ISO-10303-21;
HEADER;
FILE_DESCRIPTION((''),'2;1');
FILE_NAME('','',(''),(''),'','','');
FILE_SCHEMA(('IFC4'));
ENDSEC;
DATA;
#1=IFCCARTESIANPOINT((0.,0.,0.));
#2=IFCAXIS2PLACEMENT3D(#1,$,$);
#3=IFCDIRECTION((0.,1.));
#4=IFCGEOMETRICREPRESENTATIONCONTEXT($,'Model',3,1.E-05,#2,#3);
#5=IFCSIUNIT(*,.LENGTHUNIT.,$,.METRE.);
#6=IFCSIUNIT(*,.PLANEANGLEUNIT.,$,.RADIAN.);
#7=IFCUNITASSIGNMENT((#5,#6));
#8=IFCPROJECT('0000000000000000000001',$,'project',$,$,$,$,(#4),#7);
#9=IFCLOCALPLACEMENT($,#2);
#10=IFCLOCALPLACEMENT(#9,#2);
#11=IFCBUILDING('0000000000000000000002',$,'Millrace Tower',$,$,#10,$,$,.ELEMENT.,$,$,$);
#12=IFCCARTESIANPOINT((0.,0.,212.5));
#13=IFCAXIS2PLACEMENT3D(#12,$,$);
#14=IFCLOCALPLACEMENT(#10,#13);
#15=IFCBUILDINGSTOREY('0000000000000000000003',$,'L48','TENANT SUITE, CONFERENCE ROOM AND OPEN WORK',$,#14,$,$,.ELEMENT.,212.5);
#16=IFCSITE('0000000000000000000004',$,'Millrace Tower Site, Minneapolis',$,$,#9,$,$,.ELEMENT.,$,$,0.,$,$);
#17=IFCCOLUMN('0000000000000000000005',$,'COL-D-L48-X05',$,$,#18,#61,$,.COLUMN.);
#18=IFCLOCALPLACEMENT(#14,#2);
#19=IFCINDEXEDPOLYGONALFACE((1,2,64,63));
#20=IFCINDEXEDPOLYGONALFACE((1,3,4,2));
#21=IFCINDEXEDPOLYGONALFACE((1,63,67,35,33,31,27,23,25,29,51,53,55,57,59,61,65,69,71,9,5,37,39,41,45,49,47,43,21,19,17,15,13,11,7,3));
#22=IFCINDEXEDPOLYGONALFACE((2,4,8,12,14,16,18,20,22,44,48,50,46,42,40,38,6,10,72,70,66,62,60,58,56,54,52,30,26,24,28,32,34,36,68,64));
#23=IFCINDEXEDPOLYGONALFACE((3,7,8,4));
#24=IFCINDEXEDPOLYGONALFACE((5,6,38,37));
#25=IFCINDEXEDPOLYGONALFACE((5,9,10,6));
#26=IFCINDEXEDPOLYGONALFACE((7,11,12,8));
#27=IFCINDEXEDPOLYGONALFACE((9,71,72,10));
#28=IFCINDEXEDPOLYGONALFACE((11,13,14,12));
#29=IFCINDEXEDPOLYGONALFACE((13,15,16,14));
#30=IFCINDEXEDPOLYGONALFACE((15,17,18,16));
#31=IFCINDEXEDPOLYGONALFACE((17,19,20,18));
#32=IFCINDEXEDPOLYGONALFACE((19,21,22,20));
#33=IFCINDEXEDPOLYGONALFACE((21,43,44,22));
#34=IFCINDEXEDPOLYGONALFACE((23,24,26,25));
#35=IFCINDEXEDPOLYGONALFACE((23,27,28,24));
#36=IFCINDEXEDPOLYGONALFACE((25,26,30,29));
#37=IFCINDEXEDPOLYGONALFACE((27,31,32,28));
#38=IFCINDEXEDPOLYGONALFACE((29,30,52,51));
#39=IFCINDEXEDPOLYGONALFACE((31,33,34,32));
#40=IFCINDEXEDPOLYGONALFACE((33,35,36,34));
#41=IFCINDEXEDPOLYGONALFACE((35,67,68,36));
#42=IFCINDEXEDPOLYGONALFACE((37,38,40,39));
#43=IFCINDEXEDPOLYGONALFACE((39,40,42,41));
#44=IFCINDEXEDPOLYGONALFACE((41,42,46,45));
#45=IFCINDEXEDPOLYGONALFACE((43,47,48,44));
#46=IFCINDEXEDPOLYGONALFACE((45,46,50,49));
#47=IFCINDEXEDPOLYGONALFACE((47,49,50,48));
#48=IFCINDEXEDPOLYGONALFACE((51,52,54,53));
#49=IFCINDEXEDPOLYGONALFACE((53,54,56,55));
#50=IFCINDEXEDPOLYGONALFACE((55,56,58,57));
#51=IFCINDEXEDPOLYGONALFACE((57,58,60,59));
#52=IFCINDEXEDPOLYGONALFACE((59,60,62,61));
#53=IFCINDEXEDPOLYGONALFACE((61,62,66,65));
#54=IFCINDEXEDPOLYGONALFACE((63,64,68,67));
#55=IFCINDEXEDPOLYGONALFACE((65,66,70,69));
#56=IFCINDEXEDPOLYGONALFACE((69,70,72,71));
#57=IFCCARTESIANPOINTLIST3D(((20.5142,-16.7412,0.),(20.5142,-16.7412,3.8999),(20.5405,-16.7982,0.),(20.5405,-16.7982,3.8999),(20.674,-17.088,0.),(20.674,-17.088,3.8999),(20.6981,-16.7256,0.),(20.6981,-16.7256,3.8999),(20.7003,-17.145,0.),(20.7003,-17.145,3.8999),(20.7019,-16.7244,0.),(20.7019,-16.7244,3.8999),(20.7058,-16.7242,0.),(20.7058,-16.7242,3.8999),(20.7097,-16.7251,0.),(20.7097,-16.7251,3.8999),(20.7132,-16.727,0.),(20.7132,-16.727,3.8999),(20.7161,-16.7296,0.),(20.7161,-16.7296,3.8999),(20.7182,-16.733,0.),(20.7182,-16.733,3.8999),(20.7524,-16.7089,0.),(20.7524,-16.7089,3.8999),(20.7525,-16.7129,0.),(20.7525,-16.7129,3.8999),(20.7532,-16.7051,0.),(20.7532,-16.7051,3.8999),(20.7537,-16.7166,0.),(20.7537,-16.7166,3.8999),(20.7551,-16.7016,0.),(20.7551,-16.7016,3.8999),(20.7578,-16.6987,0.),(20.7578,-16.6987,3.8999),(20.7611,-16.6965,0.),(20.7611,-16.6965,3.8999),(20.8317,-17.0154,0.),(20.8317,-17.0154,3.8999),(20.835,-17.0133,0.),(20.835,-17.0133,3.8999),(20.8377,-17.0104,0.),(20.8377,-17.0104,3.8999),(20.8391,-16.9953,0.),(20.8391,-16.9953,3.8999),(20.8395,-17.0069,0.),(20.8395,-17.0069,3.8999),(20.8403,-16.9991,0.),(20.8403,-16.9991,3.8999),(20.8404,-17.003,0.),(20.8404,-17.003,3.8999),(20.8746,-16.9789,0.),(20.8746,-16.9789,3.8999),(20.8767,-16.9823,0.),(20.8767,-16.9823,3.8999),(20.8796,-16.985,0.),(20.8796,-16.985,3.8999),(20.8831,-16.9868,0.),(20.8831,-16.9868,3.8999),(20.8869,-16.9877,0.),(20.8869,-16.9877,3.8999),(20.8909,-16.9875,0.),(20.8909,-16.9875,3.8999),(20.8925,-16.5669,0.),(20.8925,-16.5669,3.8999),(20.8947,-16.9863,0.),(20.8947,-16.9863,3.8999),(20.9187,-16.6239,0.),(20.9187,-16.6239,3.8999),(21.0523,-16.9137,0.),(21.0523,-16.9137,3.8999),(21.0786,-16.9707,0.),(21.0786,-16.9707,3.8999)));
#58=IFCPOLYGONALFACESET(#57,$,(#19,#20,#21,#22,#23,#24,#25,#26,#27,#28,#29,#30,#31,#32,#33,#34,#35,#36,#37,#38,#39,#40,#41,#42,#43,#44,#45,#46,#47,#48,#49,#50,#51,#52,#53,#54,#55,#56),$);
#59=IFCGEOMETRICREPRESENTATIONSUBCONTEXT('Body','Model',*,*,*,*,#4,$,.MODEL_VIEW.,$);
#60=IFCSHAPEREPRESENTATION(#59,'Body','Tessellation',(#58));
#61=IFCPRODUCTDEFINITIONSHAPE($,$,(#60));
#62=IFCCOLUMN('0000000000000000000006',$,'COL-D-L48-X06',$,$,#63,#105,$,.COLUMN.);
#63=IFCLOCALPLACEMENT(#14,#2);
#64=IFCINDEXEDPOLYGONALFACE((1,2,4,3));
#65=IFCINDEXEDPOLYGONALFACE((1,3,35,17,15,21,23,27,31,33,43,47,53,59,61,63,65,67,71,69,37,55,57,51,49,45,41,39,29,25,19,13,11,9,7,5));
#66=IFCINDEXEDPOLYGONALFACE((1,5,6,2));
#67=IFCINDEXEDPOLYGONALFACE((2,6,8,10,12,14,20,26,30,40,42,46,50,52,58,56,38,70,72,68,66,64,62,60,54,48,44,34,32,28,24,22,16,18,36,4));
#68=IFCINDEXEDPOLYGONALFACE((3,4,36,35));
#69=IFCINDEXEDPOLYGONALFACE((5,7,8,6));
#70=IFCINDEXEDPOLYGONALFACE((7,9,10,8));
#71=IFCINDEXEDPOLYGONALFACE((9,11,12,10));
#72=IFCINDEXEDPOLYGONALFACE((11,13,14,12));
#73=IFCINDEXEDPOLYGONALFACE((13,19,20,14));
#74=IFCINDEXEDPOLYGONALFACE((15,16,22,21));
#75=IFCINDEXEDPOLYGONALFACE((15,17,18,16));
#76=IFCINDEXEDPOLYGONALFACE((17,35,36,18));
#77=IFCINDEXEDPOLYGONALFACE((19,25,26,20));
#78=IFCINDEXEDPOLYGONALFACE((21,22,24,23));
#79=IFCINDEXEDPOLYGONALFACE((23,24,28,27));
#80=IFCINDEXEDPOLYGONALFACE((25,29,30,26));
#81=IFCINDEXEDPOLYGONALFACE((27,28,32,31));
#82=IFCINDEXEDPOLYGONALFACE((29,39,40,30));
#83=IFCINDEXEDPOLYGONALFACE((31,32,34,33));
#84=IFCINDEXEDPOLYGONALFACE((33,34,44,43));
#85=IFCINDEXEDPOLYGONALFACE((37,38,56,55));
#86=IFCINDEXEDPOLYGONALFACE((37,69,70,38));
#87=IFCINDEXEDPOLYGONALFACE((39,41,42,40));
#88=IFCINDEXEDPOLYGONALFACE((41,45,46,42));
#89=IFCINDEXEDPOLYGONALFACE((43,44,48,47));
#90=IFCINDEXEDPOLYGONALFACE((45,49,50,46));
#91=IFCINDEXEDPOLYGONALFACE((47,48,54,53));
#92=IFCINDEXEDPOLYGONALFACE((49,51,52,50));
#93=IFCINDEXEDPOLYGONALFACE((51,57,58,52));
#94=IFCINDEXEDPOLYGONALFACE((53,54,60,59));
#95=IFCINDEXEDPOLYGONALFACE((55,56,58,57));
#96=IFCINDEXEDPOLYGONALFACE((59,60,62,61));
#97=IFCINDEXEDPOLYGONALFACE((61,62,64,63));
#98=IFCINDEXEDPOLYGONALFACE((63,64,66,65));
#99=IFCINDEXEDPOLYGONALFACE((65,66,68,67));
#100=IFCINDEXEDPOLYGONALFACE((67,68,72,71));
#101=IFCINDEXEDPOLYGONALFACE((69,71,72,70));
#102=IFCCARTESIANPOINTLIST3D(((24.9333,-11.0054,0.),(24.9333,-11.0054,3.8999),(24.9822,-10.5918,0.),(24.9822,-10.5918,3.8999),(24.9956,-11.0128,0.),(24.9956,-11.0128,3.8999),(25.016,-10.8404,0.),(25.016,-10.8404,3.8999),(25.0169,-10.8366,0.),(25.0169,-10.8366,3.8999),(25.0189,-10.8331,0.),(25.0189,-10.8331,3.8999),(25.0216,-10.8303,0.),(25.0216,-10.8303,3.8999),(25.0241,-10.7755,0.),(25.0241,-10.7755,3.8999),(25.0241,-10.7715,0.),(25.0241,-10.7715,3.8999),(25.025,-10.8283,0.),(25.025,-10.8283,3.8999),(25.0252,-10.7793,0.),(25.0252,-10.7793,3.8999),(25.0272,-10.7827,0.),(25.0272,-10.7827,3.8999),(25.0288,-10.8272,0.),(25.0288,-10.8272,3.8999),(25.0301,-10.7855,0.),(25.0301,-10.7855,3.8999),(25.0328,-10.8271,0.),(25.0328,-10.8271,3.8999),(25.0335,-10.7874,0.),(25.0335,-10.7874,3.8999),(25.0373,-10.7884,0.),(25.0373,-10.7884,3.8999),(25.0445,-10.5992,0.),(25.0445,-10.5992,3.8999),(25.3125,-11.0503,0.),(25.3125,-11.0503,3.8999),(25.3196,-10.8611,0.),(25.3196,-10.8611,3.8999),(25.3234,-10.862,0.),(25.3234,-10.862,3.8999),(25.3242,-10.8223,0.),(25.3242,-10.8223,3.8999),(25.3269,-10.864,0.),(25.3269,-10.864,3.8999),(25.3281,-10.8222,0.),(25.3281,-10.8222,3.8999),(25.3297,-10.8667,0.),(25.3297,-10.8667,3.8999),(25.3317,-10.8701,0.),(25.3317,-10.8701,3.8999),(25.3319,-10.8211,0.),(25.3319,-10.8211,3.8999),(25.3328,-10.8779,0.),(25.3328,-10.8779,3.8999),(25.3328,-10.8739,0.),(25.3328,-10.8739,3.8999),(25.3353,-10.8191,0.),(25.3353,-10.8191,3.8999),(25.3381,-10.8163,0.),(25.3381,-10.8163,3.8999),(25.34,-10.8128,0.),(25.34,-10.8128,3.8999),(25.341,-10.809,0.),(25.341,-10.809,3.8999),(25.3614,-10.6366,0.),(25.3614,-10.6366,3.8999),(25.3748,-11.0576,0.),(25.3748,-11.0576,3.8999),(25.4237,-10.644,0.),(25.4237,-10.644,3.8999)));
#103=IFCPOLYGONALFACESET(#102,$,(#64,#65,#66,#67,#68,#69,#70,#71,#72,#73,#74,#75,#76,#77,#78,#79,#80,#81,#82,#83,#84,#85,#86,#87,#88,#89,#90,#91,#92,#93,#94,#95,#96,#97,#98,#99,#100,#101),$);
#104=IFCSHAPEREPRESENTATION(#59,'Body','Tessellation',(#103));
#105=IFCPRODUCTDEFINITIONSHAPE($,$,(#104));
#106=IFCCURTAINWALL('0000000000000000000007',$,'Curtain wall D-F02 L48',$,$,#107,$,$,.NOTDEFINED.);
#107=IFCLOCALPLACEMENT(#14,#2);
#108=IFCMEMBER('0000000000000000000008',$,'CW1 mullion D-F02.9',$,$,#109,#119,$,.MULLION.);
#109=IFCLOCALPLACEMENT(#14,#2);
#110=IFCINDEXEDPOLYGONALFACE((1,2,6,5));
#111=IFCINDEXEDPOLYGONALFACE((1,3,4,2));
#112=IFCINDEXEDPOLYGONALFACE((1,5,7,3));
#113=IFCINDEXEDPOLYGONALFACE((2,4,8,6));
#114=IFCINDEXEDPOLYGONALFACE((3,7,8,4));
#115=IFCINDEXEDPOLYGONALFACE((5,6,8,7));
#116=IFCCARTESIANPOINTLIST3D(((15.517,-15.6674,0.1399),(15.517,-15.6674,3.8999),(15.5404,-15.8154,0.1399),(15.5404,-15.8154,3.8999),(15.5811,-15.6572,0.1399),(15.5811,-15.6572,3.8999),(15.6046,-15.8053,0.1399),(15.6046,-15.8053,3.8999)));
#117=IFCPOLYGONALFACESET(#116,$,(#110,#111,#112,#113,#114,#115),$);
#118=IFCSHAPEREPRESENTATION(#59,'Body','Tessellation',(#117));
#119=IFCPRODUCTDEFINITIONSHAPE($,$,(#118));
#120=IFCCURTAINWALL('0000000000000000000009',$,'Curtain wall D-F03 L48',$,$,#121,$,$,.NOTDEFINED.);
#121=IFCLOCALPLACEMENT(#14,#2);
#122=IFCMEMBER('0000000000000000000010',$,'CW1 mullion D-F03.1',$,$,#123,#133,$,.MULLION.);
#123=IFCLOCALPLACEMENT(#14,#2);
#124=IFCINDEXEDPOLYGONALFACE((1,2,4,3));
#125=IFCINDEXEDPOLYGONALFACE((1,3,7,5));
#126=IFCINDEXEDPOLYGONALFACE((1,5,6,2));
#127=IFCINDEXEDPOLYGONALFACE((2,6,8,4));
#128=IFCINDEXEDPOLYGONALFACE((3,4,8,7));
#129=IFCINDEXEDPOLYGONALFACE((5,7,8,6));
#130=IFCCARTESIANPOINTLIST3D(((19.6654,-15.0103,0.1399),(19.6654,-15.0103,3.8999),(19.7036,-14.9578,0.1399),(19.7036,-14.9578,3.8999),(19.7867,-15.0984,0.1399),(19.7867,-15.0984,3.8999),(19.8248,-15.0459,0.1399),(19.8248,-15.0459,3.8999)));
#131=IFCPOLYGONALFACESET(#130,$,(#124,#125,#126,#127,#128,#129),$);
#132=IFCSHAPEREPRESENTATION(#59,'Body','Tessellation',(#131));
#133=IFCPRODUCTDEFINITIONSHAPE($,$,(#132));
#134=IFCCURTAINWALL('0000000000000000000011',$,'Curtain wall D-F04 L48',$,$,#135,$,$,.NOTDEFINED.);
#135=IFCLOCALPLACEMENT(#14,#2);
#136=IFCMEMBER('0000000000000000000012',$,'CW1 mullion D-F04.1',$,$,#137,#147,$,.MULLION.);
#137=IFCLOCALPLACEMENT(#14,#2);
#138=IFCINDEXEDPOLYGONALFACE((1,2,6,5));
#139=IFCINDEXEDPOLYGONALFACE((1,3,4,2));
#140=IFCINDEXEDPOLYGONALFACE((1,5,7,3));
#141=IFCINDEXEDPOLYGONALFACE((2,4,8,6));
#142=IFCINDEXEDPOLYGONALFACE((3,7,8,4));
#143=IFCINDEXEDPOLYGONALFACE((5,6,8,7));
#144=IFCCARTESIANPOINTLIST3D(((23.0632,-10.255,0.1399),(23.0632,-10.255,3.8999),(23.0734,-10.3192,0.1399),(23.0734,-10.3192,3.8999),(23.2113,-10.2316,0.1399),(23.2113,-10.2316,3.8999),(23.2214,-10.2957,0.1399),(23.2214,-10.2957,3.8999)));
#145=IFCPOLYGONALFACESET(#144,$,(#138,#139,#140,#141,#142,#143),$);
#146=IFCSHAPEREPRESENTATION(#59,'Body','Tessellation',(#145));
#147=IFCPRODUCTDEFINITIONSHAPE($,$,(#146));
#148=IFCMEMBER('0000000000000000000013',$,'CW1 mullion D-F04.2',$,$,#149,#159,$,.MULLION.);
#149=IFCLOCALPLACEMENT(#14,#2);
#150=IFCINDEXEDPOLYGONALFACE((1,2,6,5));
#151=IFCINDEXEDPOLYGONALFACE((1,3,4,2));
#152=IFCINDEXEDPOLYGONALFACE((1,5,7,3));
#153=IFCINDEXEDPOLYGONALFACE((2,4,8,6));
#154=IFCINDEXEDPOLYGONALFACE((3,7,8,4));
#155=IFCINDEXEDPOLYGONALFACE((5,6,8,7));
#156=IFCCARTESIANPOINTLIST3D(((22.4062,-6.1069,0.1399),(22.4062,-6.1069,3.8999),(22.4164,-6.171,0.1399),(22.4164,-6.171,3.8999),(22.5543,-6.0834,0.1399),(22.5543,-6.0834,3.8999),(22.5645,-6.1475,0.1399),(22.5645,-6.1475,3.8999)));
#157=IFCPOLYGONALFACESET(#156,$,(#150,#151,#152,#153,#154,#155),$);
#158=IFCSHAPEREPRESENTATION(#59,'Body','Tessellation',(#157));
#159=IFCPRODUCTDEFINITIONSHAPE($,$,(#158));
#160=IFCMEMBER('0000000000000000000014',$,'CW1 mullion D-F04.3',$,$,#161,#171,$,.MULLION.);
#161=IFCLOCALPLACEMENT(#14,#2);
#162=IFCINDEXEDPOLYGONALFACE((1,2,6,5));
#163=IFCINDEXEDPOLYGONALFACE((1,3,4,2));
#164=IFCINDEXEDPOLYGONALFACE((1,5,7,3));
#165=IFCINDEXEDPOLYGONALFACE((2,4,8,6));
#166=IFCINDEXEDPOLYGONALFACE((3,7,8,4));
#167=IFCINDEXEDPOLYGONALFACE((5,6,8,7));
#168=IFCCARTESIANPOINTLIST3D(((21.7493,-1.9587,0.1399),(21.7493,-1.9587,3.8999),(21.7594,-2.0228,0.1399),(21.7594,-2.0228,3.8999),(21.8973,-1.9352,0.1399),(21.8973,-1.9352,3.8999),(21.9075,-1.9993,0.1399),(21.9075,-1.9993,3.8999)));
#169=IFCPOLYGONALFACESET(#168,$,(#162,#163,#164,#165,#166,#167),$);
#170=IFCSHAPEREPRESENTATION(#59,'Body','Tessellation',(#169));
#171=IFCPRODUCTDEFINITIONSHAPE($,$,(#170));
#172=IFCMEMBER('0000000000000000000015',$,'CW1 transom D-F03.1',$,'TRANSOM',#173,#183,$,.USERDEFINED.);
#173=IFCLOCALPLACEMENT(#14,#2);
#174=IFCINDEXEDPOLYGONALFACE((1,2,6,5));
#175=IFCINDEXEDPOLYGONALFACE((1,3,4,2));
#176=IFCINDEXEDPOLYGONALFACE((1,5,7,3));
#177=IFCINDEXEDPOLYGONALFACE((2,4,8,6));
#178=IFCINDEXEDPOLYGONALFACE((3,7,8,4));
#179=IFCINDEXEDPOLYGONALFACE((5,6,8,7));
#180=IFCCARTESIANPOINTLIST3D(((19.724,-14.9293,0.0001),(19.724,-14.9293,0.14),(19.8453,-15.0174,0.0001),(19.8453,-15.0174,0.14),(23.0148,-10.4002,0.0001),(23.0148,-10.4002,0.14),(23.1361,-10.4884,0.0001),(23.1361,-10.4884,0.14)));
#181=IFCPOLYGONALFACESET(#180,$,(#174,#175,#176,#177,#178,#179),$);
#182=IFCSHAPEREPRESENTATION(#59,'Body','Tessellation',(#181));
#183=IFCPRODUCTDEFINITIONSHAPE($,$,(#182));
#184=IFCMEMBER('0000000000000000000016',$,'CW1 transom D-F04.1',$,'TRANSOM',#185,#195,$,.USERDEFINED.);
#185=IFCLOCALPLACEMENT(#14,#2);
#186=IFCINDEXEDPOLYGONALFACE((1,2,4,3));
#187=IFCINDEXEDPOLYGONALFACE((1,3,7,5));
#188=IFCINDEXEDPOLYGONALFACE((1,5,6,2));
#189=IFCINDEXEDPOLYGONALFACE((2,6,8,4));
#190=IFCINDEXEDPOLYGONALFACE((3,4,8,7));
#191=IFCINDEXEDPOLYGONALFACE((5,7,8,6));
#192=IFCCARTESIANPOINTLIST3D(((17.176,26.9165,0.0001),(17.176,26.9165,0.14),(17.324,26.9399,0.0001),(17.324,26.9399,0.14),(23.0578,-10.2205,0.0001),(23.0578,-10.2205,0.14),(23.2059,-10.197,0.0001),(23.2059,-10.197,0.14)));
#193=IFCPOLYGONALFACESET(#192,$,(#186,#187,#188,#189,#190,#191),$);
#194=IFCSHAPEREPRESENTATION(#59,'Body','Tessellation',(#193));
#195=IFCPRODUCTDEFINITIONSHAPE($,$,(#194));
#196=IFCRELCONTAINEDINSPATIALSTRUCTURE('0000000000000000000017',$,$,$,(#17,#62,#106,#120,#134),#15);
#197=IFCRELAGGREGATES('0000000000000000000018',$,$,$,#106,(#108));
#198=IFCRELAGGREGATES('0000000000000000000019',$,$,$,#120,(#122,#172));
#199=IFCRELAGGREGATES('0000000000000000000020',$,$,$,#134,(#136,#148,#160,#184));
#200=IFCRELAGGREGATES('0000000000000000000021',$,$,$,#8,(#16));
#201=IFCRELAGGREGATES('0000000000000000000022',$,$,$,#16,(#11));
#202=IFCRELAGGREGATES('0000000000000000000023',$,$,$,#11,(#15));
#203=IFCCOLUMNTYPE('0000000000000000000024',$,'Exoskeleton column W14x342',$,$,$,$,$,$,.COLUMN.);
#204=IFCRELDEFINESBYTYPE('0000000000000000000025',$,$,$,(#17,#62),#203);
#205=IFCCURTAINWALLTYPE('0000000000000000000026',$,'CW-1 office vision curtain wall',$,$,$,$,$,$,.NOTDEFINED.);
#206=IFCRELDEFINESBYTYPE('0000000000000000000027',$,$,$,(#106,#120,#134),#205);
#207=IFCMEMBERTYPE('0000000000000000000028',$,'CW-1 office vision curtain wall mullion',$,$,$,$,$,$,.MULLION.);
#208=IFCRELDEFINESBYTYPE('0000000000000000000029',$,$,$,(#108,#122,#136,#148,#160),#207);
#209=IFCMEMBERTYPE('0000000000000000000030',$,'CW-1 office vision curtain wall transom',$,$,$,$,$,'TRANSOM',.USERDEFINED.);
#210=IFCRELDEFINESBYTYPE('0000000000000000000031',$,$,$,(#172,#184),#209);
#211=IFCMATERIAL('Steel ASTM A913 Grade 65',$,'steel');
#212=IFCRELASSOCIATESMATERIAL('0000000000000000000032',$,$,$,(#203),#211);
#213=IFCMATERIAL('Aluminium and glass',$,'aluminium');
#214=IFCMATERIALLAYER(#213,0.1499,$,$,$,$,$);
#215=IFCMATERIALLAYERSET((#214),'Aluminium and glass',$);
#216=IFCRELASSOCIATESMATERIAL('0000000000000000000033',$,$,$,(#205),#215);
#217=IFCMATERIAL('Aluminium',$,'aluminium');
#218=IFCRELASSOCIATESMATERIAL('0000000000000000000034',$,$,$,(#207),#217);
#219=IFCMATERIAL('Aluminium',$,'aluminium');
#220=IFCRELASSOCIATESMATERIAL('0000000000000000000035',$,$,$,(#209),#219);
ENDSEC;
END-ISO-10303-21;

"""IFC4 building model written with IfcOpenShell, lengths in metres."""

from ifc_helpers import new_model, si_unit, direction, frame, origin, origin_2d, place, context, subcontext, project, spatial, rectangle, i_section, extrude, material, layer, layer_set, material_profile, profile_set, type_object, element, aggregate, save


model = new_model("IFC4")

# Units and contexts
model_context = context("Model", 3, precision=1e-05, world=origin(), true_north=direction((0.0, 1.0)))
body_context = subcontext(model_context, "Body", "Model", "MODEL_VIEW")
ifc_project = project(units=[si_unit("LENGTHUNIT", "METRE"), si_unit("PLANEANGLEUNIT", "RADIAN")], contexts=[model_context])

# Site, building, storey
site_placement = place(None, origin())
site = spatial("IfcSite", under=ifc_project, at=site_placement, Name="Millrace Tower Site, Minneapolis", CompositionType="ELEMENT", RefElevation=0.0)
building_placement = place(site_placement, origin())
building = spatial("IfcBuilding", under=site, at=building_placement, Name="Millrace Tower", CompositionType="ELEMENT")
storey_placement = place(building_placement, frame((0.0, 0.0, 212.5)))
storey = spatial("IfcBuildingStorey", under=building, at=storey_placement, Name="L48", Description="TENANT SUITE, CONFERENCE ROOM AND OPEN WORK", CompositionType="ELEMENT", Elevation=212.5)

# Columns
ifc_material_1 = material(Name="Steel ASTM A913 Grade 65", Category="steel")
ifc_material_profile_1 = material_profile(ifc_material_1, i_section(OverallWidth=0.4165, OverallDepth=0.4446, WebThickness=0.0391, FlangeThickness=0.0627, FilletRadius=0.0151, at=origin_2d()))
ifc_profile_set_1 = profile_set([ifc_material_profile_1], Name="Steel ASTM A913 Grade 65")
column_type = type_object("IfcColumnType", Name="Exoskeleton column W14x342", PredefinedType="COLUMN", material=ifc_profile_set_1)
for number, where, z_axis, x_axis, name in (
    (1, (20.7964, -16.856, 0.0), (0.0, 0.0, 1.0), (0.908192, 0.418553, 0.0), "COL-D-L48-X05"),
    (2, (25.1785, -10.8247, 0.0), (0.0, 0.0, 1.0), (0.117421, 0.993082, 0.0), "COL-D-L48-X06"),
):
    element("IfcColumn", number, at=place(storey_placement, frame(where, z_axis=z_axis, x_axis=x_axis)), inside=storey, type_object=column_type, Name=name, PredefinedType="COLUMN", context=body_context, shape_type="SweptSolid", body=[
        extrude(i_section(OverallWidth=0.4165, OverallDepth=0.4446, WebThickness=0.0391, FlangeThickness=0.0627, FilletRadius=0.0151, at=origin_2d()), origin(), (0.0, 0.0, 1.0), 3.8999),
    ])

# Curtain walls, members
ifc_material_2 = material(Name="Aluminium and glass", Category="aluminium")
ifc_layer_1 = layer(ifc_material_2, 0.1499)
ifc_layer_set_1 = layer_set([ifc_layer_1], Name="Aluminium and glass")
curtain_wall_type = type_object("IfcCurtainWallType", Name="CW-1 office vision curtain wall", PredefinedType="NOTDEFINED", material=ifc_layer_set_1)
placement = place(storey_placement, origin())
curtain_wall_1 = element("IfcCurtainWall", 3, at=placement, inside=storey, type_object=curtain_wall_type, Name="Curtain wall D-F02 L48", PredefinedType="NOTDEFINED")
ifc_material_3 = material(Name="Aluminium", Category="aluminium")
ifc_material_profile_2 = material_profile(ifc_material_3, rectangle(XDim=0.0649, YDim=0.1499, at=origin_2d()))
ifc_profile_set_2 = profile_set([ifc_material_profile_2], Name="Aluminium")
member_type_1 = type_object("IfcMemberType", Name="CW-1 office vision curtain wall mullion", PredefinedType="MULLION", material=ifc_profile_set_2)
member_1_placement = place(storey_placement, frame((15.5608, -15.7363, 0.1399), z_axis=(0.0, 0.0, 1.0), x_axis=(0.987688, 0.156434, 0.0)))
member_1 = element("IfcMember", 4, at=member_1_placement, type_object=member_type_1, Name="CW1 mullion D-F02.9", PredefinedType="MULLION", context=body_context, shape_type="SweptSolid", body=[
    extrude(rectangle(XDim=0.0649, YDim=0.1499, at=origin_2d()), origin(), (0.0, 0.0, 1.0), 3.76),
])
aggregate(curtain_wall_1, [member_1])
curtain_wall_2 = element("IfcCurtainWall", 5, at=placement, inside=storey, type_object=curtain_wall_type, Name="Curtain wall D-F03 L48", PredefinedType="NOTDEFINED")
member_2_placement = place(storey_placement, frame((19.7451, -15.0281, 0.1399), z_axis=(0.0, 0.0, 1.0), x_axis=(0.587785, 0.809017, 0.0)))
member_2 = element("IfcMember", 6, at=member_2_placement, type_object=member_type_1, Name="CW1 mullion D-F03.1", PredefinedType="MULLION", context=body_context, shape_type="SweptSolid", body=[
    extrude(rectangle(XDim=0.0649, YDim=0.1499, at=origin_2d()), origin(), (0.0, 0.0, 1.0), 3.76),
])

# Curtain wall, members
curtain_wall_3 = element("IfcCurtainWall", 7, at=placement, inside=storey, type_object=curtain_wall_type, Name="Curtain wall D-F04 L48", PredefinedType="NOTDEFINED")
member_3_placement = place(storey_placement, frame((23.1423, -10.2754, 0.1399), z_axis=(0.0, 0.0, 1.0), x_axis=(-0.156434, 0.987688, 0.0)))
member_3 = element("IfcMember", 8, at=member_3_placement, type_object=member_type_1, Name="CW1 mullion D-F04.1", PredefinedType="MULLION", context=body_context, shape_type="SweptSolid", body=[
    extrude(rectangle(XDim=0.0649, YDim=0.1499, at=origin_2d()), origin(), (0.0, 0.0, 1.0), 3.76),
])
member_4_placement = place(storey_placement, frame((22.4854, -6.1272, 0.1399), z_axis=(0.0, 0.0, 1.0), x_axis=(-0.156434, 0.987688, 0.0)))
member_4 = element("IfcMember", 9, at=member_4_placement, type_object=member_type_1, Name="CW1 mullion D-F04.2", PredefinedType="MULLION", context=body_context, shape_type="SweptSolid", body=[
    extrude(rectangle(XDim=0.0649, YDim=0.1499, at=origin_2d()), origin(), (0.0, 0.0, 1.0), 3.76),
])
member_5_placement = place(storey_placement, frame((21.8284, -1.979, 0.1399), z_axis=(0.0, 0.0, 1.0), x_axis=(-0.156434, 0.987688, 0.0)))
member_5 = element("IfcMember", 10, at=member_5_placement, type_object=member_type_1, Name="CW1 mullion D-F04.3", PredefinedType="MULLION", context=body_context, shape_type="SweptSolid", body=[
    extrude(rectangle(XDim=0.0649, YDim=0.1499, at=origin_2d()), origin(), (0.0, 0.0, 1.0), 3.76),
])

# Members
ifc_material_4 = material(Name="Aluminium", Category="aluminium")
ifc_material_profile_3 = material_profile(ifc_material_4, rectangle(XDim=0.1499, YDim=0.1399, at=origin_2d()))
ifc_profile_set_3 = profile_set([ifc_material_profile_3], Name="Aluminium")
member_type_2 = type_object("IfcMemberType", Name="CW-1 office vision curtain wall transom", ElementType="TRANSOM", PredefinedType="USERDEFINED", material=ifc_profile_set_3)
member_6_placement = place(storey_placement, frame((19.7847, -14.9734, 0.0701), z_axis=(0.587811, 0.808998, 0.0), x_axis=(-0.808998, 0.587811, 0.0)))
member_6 = element("IfcMember", 11, at=member_6_placement, type_object=member_type_2, Name="CW1 transom D-F03.1", ObjectType="TRANSOM", PredefinedType="USERDEFINED", context=body_context, shape_type="SweptSolid", body=[
    extrude(rectangle(XDim=0.1499, YDim=0.1399, at=origin_2d()), origin(), (0.0, 0.0, 1.0), 5.5984),
])
aggregate(curtain_wall_2, [member_2, member_6])
member_7_placement = place(storey_placement, frame((23.1318, -10.2087, 0.0701), z_axis=(-0.156432, 0.987689, 0.0), x_axis=(-0.987689, -0.156432, 0.0)))
member_7 = element("IfcMember", 12, at=member_7_placement, type_object=member_type_2, Name="CW1 transom D-F04.1", ObjectType="TRANSOM", PredefinedType="USERDEFINED", context=body_context, shape_type="SweptSolid", body=[
    extrude(rectangle(XDim=0.1499, YDim=0.1399, at=origin_2d()), origin(), (0.0, 0.0, 1.0), 37.5999),
])
aggregate(curtain_wall_3, [member_3, member_4, member_5, member_7])

save(model, "model.ifc")
